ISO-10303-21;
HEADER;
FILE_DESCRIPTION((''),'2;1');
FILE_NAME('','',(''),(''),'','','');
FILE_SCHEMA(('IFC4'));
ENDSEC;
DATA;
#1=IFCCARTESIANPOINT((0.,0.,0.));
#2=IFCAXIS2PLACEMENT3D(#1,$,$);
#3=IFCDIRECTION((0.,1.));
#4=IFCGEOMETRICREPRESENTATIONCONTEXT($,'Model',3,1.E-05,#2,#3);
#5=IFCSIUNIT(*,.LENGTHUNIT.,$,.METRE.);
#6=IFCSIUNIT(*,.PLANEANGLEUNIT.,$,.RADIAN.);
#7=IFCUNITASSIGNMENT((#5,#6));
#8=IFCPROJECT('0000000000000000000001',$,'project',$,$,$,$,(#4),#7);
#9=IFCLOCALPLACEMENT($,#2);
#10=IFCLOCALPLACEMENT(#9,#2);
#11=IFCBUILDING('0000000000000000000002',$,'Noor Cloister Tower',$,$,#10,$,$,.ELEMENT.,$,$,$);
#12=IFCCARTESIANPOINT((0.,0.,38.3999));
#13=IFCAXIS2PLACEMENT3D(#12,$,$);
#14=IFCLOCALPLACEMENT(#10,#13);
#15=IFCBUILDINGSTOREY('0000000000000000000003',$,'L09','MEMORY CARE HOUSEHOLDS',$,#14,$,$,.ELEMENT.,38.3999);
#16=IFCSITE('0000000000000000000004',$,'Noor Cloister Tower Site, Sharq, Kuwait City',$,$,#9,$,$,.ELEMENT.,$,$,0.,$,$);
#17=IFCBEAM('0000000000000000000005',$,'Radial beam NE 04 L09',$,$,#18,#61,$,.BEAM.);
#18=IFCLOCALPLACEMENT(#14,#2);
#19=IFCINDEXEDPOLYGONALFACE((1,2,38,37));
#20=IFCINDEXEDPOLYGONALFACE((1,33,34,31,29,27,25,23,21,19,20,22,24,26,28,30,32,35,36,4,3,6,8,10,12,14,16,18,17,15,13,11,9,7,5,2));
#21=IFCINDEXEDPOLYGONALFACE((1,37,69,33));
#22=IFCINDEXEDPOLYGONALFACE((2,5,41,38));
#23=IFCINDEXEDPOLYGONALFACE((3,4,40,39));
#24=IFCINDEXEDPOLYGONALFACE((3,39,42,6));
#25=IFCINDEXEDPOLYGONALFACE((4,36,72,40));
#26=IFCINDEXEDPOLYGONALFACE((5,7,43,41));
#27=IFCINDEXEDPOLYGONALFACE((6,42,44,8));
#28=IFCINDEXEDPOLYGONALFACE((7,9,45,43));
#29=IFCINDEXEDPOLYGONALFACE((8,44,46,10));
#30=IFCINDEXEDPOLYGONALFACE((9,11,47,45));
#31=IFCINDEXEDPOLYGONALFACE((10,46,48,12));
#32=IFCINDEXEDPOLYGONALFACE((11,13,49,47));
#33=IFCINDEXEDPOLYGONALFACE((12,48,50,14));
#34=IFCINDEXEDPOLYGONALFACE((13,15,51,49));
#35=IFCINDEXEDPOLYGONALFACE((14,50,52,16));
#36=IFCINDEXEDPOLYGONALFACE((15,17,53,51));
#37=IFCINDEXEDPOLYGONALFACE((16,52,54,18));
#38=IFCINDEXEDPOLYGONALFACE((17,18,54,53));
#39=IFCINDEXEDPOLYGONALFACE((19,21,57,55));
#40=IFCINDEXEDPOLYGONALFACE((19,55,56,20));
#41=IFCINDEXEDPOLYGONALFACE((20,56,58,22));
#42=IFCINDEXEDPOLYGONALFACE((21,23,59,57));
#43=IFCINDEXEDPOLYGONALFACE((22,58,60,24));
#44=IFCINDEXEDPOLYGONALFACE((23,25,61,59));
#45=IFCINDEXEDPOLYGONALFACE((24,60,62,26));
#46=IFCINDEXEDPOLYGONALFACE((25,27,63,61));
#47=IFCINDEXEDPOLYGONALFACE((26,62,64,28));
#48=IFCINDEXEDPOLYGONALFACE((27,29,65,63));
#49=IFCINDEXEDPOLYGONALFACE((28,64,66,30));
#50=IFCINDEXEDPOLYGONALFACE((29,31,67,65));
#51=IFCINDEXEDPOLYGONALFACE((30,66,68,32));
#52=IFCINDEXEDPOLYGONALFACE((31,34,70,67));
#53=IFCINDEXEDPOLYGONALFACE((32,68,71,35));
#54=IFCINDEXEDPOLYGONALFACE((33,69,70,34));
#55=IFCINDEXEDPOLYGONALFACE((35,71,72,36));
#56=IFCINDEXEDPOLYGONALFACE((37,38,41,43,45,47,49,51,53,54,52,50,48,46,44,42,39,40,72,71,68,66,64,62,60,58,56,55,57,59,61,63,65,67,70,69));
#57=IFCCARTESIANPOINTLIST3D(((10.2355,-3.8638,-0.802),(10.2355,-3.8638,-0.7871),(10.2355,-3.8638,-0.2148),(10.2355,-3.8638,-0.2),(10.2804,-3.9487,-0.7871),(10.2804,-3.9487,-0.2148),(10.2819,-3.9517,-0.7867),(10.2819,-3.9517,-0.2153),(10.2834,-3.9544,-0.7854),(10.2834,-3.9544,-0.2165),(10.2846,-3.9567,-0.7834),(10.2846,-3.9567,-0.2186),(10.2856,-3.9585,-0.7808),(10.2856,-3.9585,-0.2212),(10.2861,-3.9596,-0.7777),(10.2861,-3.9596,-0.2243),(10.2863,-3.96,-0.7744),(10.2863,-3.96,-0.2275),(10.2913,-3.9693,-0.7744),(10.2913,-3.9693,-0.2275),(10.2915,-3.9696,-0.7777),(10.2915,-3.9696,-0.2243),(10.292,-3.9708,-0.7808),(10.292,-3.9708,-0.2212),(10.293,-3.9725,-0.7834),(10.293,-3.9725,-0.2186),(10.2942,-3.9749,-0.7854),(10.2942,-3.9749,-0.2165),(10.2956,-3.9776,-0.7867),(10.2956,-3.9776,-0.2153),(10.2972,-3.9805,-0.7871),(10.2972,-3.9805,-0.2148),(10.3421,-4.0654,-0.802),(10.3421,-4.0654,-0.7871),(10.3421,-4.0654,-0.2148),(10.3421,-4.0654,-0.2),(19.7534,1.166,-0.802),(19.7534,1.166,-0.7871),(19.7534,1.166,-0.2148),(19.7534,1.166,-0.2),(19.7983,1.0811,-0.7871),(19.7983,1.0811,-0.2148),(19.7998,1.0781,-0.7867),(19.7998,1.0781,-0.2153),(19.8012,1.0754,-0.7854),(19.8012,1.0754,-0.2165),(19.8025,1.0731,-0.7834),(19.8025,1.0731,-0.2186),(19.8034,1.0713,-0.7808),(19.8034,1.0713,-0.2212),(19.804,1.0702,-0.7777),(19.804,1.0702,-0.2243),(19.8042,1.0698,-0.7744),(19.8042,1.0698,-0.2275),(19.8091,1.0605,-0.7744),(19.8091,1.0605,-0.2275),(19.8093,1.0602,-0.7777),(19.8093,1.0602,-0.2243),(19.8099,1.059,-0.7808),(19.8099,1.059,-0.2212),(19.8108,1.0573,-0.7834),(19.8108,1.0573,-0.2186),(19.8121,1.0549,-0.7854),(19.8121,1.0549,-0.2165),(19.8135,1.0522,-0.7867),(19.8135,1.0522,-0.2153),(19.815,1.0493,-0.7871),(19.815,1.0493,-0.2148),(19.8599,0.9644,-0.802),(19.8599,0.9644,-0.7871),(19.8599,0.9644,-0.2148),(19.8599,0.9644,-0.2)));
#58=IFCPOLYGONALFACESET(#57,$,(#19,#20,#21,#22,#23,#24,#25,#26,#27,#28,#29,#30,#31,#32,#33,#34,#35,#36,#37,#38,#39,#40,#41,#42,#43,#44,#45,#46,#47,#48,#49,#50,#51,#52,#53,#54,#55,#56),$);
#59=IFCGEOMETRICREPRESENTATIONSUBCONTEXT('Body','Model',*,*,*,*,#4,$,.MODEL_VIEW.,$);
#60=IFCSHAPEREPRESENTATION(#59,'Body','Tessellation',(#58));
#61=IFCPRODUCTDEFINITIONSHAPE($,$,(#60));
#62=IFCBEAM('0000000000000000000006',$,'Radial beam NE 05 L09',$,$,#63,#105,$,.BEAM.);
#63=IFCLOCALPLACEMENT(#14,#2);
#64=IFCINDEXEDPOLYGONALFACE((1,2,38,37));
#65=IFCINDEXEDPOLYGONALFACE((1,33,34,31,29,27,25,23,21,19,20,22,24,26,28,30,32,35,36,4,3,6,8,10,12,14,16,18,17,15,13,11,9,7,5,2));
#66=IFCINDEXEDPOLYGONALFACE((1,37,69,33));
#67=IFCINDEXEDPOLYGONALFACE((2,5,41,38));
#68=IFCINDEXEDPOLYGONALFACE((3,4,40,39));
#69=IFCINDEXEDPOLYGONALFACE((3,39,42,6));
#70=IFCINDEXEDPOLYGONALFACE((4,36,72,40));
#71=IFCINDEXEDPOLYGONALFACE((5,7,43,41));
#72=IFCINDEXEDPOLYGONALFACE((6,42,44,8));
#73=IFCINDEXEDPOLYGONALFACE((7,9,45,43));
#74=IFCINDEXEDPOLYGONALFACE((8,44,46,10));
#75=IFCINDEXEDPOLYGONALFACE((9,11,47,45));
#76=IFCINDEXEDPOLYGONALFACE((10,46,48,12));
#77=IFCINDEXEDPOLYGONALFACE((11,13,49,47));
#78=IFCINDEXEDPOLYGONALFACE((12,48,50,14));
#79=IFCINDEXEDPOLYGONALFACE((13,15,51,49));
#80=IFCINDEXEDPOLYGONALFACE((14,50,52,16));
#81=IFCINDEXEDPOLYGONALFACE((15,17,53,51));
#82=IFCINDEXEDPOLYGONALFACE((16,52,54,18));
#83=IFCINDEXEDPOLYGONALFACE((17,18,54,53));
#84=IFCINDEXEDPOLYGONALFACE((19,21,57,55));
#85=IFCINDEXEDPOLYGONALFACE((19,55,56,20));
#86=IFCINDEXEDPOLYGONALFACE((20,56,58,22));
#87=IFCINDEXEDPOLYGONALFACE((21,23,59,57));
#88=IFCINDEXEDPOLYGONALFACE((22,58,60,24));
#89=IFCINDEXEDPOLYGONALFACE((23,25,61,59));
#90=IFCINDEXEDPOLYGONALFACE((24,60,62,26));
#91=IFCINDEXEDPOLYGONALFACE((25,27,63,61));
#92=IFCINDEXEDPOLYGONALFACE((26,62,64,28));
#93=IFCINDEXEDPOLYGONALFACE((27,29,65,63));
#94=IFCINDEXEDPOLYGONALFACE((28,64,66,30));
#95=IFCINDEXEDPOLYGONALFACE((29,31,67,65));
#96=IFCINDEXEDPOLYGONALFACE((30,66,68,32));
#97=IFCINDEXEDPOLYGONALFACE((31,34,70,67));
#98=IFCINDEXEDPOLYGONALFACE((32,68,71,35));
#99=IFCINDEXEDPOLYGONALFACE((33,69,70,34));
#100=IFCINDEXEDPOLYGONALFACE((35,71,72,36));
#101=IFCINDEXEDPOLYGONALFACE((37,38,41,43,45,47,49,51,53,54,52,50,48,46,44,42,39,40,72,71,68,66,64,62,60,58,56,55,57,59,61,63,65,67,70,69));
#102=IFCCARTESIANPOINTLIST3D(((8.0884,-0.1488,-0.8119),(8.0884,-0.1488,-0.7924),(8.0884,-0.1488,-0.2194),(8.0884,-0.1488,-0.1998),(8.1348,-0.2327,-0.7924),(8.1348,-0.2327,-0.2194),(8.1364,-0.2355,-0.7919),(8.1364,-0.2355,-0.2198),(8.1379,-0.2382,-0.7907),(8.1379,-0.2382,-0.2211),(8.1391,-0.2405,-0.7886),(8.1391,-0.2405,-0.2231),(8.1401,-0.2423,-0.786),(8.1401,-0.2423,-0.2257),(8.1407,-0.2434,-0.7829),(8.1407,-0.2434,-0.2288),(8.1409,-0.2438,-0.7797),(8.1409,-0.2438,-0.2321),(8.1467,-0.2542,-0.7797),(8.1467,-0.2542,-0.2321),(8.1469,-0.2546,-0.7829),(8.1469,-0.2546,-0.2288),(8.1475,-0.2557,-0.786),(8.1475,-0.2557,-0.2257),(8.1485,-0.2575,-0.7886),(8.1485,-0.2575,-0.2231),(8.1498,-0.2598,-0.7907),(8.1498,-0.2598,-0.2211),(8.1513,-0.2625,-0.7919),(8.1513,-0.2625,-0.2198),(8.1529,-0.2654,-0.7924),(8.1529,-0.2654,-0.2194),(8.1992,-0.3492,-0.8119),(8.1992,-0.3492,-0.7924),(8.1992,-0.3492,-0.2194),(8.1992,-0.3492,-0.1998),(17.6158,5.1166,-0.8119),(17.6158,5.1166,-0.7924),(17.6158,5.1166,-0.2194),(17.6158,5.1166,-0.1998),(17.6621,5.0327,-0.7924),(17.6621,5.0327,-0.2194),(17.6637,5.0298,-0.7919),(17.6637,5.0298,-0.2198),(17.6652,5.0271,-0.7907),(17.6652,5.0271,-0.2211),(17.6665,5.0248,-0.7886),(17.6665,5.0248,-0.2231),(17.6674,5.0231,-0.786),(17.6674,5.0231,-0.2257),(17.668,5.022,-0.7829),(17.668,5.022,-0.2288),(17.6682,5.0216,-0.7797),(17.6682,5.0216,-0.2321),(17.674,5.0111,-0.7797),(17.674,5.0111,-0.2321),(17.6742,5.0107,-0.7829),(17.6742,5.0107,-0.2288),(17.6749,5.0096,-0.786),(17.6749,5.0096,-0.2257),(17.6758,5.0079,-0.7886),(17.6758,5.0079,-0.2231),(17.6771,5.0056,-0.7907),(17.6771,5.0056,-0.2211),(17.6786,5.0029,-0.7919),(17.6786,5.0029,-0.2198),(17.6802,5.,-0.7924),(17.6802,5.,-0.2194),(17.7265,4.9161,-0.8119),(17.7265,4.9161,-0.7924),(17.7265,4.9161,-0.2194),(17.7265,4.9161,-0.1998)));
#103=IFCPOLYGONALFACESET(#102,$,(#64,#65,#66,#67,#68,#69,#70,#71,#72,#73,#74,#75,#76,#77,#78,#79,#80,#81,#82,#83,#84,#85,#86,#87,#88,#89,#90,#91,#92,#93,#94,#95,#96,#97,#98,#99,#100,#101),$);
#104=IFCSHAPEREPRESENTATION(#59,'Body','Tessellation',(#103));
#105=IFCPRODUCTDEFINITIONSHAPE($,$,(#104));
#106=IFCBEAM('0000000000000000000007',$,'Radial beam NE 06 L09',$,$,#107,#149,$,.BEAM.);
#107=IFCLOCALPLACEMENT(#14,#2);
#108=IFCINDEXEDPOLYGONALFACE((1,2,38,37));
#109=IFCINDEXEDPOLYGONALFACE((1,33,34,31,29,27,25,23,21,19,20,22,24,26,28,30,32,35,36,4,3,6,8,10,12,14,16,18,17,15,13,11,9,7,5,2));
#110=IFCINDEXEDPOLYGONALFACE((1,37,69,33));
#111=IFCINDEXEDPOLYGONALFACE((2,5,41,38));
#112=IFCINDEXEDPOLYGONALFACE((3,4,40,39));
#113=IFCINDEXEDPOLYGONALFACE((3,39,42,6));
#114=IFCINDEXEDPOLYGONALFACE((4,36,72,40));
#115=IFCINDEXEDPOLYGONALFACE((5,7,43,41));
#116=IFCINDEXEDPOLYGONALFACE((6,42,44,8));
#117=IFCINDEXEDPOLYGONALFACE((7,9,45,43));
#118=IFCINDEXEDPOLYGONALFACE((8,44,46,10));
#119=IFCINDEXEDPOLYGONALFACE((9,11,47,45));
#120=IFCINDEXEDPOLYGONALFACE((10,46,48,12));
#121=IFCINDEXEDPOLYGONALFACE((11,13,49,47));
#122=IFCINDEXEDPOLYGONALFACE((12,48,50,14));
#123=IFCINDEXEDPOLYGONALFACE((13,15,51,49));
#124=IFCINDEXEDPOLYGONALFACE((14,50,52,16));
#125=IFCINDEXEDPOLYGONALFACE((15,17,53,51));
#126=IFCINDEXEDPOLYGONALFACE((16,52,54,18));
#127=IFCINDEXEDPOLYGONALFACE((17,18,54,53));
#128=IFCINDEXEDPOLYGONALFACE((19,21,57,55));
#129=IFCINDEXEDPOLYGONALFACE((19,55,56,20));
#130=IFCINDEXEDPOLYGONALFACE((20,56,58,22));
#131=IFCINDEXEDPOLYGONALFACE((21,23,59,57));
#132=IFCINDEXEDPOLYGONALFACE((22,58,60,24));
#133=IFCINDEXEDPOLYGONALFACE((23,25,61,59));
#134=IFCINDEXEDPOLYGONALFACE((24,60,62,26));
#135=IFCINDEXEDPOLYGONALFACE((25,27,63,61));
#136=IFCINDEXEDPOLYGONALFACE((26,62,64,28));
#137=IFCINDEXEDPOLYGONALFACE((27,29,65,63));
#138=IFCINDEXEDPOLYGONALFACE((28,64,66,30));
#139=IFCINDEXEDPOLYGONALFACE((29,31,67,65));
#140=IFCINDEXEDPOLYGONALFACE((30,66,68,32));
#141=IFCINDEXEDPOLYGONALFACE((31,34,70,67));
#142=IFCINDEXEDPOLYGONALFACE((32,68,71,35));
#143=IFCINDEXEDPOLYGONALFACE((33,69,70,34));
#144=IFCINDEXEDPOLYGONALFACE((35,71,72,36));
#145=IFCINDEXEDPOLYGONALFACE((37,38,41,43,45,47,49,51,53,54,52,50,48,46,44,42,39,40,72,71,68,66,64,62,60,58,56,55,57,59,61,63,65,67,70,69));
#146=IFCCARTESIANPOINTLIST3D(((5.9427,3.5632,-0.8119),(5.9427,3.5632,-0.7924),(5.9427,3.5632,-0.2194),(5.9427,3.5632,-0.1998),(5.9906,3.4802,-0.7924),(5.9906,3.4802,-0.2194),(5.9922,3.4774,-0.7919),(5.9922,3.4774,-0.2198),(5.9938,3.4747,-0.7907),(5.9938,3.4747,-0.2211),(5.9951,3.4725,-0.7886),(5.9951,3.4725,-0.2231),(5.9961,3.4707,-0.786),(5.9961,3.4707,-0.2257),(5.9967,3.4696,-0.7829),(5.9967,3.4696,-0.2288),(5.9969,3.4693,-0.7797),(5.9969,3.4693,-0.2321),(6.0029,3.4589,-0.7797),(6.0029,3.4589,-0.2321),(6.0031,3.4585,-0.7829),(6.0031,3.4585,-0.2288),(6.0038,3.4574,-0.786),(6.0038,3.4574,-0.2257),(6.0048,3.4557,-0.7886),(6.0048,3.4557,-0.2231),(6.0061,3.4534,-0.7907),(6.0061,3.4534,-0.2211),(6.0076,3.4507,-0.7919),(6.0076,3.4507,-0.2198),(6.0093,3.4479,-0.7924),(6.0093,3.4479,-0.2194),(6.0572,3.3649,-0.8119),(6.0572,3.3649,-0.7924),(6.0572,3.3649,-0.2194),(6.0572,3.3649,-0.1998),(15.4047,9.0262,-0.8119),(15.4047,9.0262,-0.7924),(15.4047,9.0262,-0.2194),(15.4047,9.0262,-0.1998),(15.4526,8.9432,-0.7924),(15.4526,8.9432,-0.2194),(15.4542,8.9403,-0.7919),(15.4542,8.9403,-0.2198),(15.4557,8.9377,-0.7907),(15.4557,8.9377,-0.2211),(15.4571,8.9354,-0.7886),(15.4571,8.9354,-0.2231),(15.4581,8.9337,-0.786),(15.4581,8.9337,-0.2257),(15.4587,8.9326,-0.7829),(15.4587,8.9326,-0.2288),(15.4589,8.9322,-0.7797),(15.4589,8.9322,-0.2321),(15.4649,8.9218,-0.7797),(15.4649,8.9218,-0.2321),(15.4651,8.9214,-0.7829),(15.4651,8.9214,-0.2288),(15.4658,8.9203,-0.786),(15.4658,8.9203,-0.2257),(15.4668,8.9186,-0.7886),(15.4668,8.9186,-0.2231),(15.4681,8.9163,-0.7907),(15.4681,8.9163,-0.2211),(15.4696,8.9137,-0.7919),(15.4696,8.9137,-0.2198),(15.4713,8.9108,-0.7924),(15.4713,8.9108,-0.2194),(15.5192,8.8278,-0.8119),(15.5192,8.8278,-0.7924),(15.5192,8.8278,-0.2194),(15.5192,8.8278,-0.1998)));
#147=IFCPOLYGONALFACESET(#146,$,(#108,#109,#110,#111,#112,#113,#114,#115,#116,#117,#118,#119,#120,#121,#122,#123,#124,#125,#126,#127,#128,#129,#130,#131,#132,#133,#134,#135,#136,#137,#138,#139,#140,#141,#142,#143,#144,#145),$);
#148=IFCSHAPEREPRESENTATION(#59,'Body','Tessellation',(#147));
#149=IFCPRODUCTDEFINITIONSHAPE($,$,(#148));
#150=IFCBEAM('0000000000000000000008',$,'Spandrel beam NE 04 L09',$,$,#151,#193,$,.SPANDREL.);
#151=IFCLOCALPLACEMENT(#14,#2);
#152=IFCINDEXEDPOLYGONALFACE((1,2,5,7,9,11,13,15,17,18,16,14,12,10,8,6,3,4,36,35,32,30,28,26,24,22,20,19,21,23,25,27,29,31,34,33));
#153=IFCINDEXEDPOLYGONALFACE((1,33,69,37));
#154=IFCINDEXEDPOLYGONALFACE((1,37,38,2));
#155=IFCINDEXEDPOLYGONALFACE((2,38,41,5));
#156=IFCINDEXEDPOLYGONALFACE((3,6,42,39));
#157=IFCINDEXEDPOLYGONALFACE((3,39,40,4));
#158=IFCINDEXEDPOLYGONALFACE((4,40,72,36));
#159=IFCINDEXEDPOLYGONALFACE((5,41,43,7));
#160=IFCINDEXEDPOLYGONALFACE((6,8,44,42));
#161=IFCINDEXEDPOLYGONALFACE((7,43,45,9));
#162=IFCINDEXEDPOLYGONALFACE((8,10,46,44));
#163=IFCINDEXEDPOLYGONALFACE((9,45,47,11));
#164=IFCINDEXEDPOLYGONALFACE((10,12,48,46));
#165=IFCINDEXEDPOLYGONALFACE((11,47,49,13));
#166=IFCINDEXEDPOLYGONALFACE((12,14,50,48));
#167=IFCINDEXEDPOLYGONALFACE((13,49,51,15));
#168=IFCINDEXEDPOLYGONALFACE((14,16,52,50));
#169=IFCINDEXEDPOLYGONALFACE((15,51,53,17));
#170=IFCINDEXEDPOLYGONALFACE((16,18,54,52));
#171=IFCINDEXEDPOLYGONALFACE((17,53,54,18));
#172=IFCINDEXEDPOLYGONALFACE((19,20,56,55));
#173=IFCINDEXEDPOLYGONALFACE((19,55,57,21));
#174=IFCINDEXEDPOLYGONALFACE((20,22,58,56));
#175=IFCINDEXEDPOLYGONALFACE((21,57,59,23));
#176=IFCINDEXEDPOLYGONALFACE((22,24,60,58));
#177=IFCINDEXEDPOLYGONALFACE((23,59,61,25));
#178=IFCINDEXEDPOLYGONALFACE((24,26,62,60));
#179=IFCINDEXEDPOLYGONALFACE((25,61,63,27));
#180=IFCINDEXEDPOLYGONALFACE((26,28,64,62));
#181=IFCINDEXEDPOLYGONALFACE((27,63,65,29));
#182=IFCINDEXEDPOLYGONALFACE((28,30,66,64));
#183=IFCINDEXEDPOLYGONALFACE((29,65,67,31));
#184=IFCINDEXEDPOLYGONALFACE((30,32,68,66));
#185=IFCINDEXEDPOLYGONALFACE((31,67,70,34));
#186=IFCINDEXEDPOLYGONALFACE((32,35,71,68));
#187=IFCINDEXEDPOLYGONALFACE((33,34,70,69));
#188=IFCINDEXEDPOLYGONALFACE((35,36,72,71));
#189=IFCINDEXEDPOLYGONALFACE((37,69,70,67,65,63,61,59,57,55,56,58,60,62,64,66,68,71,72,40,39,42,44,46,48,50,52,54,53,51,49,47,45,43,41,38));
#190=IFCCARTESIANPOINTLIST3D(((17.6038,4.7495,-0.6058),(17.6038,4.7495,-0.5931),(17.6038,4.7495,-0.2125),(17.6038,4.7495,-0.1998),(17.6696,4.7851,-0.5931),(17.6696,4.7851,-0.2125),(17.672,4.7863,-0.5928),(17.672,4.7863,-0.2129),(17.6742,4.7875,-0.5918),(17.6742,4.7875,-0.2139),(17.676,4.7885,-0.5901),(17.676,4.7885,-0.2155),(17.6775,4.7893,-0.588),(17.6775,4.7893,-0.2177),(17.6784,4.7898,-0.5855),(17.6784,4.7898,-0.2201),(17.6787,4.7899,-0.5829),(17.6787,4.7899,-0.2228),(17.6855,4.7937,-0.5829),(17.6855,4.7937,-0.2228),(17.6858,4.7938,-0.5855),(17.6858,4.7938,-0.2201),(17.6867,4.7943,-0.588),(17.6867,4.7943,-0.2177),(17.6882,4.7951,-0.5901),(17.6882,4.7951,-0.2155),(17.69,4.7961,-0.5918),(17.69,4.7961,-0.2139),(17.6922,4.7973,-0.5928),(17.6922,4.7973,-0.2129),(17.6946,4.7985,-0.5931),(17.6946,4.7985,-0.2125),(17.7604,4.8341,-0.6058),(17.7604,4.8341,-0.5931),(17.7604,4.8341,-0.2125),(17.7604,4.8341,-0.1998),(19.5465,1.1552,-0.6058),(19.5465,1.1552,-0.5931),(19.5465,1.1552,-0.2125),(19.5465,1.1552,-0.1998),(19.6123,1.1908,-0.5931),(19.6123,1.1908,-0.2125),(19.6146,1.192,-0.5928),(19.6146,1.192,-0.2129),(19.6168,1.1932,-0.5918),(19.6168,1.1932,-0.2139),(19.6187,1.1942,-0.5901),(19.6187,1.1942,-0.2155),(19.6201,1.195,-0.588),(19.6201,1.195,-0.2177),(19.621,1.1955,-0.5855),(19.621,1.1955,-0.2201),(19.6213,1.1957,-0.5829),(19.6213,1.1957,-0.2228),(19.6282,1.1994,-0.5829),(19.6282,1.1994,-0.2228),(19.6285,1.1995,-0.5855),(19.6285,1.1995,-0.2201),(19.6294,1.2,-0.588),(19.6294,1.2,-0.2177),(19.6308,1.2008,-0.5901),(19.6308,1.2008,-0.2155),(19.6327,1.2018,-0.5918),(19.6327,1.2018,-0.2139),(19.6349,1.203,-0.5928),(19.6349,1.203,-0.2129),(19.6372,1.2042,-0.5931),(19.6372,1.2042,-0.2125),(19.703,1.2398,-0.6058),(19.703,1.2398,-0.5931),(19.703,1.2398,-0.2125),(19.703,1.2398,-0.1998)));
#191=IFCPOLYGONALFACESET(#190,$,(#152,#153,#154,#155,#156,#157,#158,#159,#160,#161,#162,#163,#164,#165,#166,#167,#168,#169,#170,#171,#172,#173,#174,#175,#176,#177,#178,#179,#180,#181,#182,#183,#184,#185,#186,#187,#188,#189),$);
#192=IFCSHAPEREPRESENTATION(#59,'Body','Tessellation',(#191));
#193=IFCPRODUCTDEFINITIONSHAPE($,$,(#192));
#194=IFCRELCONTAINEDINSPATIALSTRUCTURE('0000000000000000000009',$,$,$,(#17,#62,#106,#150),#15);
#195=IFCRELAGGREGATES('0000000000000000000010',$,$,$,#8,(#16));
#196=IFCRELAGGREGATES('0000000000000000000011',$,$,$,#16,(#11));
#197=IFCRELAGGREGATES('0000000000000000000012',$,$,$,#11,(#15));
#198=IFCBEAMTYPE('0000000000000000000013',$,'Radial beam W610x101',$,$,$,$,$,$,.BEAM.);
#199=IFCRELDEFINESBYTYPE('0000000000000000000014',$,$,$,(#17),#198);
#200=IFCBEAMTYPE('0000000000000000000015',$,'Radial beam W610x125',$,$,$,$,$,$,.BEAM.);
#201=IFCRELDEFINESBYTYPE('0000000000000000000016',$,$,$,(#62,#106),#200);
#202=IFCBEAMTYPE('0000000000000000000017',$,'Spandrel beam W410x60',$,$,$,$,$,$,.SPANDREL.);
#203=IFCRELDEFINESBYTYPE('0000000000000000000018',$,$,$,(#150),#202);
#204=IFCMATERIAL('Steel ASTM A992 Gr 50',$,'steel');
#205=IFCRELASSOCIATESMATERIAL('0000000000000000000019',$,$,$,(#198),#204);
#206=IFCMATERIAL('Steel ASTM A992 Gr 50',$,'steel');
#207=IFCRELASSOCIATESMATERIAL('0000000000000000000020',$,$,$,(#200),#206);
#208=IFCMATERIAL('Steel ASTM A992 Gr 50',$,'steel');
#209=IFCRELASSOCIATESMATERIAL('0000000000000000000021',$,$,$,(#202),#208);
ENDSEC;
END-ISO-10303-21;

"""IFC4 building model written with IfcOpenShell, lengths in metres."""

from ifc_helpers import new_model, si_unit, direction, frame, origin, origin_2d, place, context, subcontext, project, spatial, i_section, extrude, material, material_profile, profile_set, type_object, element, save


model = new_model("IFC4")

# Units and contexts
model_context = context("Model", 3, precision=1e-05, world=origin(), true_north=direction((0.0, 1.0)))
body_context = subcontext(model_context, "Body", "Model", "MODEL_VIEW")
ifc_project = project(units=[si_unit("LENGTHUNIT", "METRE"), si_unit("PLANEANGLEUNIT", "RADIAN")], contexts=[model_context])

# Site, building, storey
site_placement = place(None, origin())
site = spatial("IfcSite", under=ifc_project, at=site_placement, Name="Noor Cloister Tower Site, Sharq, Kuwait City", CompositionType="ELEMENT", RefElevation=0.0)
building_placement = place(site_placement, origin())
building = spatial("IfcBuilding", under=site, at=building_placement, Name="Noor Cloister Tower", CompositionType="ELEMENT")
storey_placement = place(building_placement, frame((0.0, 0.0, 38.3999)))
storey = spatial("IfcBuildingStorey", under=building, at=storey_placement, Name="L09", Description="MEMORY CARE HOUSEHOLDS", CompositionType="ELEMENT", Elevation=38.3999)

# Beams
ifc_material_1 = material(Name="Steel ASTM A992 Gr 50", Category="steel")
ifc_material_profile_1 = material_profile(ifc_material_1, i_section(OverallWidth=0.228, OverallDepth=0.6021, WebThickness=0.0105, FlangeThickness=0.0149, FilletRadius=0.0127, at=origin_2d()), Name="W610x101")
ifc_profile_set_1 = profile_set([ifc_material_profile_1], Name="Steel ASTM A992 Gr 50")
beam_type_1 = type_object("IfcBeamType", Name="Radial beam W610x101", PredefinedType="BEAM", material=ifc_profile_set_1)
beam_1_placement = place(storey_placement, frame((19.8066, 1.0652, -0.501), z_axis=(-0.884136, -0.46723, 0.0), x_axis=(0.46723, -0.884136, 0.0)))
element("IfcBeam", 1, at=beam_1_placement, inside=storey, type_object=beam_type_1, Name="Radial beam NE 04 L09", PredefinedType="BEAM", context=body_context, shape_type="SweptSolid", body=[
    extrude(i_section(OverallWidth=0.228, OverallDepth=0.6021, WebThickness=0.0105, FlangeThickness=0.0149, FilletRadius=0.0127, at=origin_2d()), origin(), (0.0, 0.0, 1.0), 10.7651),
])
ifc_material_2 = material(Name="Steel ASTM A992 Gr 50", Category="steel")
ifc_material_profile_2 = material_profile(ifc_material_2, i_section(OverallWidth=0.229, OverallDepth=0.6121, WebThickness=0.012, FlangeThickness=0.0195, FilletRadius=0.0127, at=origin_2d()), Name="W610x125")
ifc_profile_set_2 = profile_set([ifc_material_profile_2], Name="Steel ASTM A992 Gr 50")
beam_type_2 = type_object("IfcBeamType", Name="Radial beam W610x125", PredefinedType="BEAM", material=ifc_profile_set_2)
beam_2_placement = place(storey_placement, frame((17.6711, 5.0164, -0.5059), z_axis=(-0.875231, -0.483705, 0.0), x_axis=(0.483705, -0.875231, 0.0)))
element("IfcBeam", 2, at=beam_2_placement, inside=storey, type_object=beam_type_2, Name="Radial beam NE 05 L09", PredefinedType="BEAM", context=body_context, shape_type="SweptSolid", body=[
    extrude(i_section(OverallWidth=0.229, OverallDepth=0.6121, WebThickness=0.012, FlangeThickness=0.0195, FilletRadius=0.0127, at=origin_2d()), origin(), (0.0, 0.0, 1.0), 10.8855),
])
beam_3_placement = place(storey_placement, frame((15.4619, 8.927, -0.5059), z_axis=(-0.866023, -0.500004, 0.0), x_axis=(0.500004, -0.866023, 0.0)))
element("IfcBeam", 3, at=beam_3_placement, inside=storey, type_object=beam_type_2, Name="Radial beam NE 06 L09", PredefinedType="BEAM", context=body_context, shape_type="SweptSolid", body=[
    extrude(i_section(OverallWidth=0.229, OverallDepth=0.6121, WebThickness=0.012, FlangeThickness=0.0195, FilletRadius=0.0127, at=origin_2d()), origin(), (0.0, 0.0, 1.0), 10.9258),
])
ifc_material_3 = material(Name="Steel ASTM A992 Gr 50", Category="steel")
ifc_material_profile_3 = material_profile(ifc_material_3, i_section(OverallWidth=0.178, OverallDepth=0.406, WebThickness=0.0078, FlangeThickness=0.0127, FilletRadius=0.0103, at=origin_2d()), Name="W410x60")
ifc_profile_set_3 = profile_set([ifc_material_profile_3], Name="Steel ASTM A992 Gr 50")
beam_type_3 = type_object("IfcBeamType", Name="Spandrel beam W410x60", PredefinedType="SPANDREL", material=ifc_profile_set_3)
for number, where, z_axis, x_axis, name in (
    (4, (19.6248, 1.1975, -0.4028), (-0.475478, 0.879727, 0.0), (-0.879727, -0.475478, 0.0), "Spandrel beam NE 04 L09"),
):
    element("IfcBeam", number, at=place(storey_placement, frame(where, z_axis=z_axis, x_axis=x_axis)), inside=storey, type_object=beam_type_3, Name=name, PredefinedType="SPANDREL", context=body_context, shape_type="SweptSolid", body=[
        extrude(i_section(OverallWidth=0.178, OverallDepth=0.406, WebThickness=0.0078, FlangeThickness=0.0127, FilletRadius=0.0103, at=origin_2d()), origin(), (0.0, 0.0, 1.0), 4.0857),
    ])

save(model, "model.ifc")
